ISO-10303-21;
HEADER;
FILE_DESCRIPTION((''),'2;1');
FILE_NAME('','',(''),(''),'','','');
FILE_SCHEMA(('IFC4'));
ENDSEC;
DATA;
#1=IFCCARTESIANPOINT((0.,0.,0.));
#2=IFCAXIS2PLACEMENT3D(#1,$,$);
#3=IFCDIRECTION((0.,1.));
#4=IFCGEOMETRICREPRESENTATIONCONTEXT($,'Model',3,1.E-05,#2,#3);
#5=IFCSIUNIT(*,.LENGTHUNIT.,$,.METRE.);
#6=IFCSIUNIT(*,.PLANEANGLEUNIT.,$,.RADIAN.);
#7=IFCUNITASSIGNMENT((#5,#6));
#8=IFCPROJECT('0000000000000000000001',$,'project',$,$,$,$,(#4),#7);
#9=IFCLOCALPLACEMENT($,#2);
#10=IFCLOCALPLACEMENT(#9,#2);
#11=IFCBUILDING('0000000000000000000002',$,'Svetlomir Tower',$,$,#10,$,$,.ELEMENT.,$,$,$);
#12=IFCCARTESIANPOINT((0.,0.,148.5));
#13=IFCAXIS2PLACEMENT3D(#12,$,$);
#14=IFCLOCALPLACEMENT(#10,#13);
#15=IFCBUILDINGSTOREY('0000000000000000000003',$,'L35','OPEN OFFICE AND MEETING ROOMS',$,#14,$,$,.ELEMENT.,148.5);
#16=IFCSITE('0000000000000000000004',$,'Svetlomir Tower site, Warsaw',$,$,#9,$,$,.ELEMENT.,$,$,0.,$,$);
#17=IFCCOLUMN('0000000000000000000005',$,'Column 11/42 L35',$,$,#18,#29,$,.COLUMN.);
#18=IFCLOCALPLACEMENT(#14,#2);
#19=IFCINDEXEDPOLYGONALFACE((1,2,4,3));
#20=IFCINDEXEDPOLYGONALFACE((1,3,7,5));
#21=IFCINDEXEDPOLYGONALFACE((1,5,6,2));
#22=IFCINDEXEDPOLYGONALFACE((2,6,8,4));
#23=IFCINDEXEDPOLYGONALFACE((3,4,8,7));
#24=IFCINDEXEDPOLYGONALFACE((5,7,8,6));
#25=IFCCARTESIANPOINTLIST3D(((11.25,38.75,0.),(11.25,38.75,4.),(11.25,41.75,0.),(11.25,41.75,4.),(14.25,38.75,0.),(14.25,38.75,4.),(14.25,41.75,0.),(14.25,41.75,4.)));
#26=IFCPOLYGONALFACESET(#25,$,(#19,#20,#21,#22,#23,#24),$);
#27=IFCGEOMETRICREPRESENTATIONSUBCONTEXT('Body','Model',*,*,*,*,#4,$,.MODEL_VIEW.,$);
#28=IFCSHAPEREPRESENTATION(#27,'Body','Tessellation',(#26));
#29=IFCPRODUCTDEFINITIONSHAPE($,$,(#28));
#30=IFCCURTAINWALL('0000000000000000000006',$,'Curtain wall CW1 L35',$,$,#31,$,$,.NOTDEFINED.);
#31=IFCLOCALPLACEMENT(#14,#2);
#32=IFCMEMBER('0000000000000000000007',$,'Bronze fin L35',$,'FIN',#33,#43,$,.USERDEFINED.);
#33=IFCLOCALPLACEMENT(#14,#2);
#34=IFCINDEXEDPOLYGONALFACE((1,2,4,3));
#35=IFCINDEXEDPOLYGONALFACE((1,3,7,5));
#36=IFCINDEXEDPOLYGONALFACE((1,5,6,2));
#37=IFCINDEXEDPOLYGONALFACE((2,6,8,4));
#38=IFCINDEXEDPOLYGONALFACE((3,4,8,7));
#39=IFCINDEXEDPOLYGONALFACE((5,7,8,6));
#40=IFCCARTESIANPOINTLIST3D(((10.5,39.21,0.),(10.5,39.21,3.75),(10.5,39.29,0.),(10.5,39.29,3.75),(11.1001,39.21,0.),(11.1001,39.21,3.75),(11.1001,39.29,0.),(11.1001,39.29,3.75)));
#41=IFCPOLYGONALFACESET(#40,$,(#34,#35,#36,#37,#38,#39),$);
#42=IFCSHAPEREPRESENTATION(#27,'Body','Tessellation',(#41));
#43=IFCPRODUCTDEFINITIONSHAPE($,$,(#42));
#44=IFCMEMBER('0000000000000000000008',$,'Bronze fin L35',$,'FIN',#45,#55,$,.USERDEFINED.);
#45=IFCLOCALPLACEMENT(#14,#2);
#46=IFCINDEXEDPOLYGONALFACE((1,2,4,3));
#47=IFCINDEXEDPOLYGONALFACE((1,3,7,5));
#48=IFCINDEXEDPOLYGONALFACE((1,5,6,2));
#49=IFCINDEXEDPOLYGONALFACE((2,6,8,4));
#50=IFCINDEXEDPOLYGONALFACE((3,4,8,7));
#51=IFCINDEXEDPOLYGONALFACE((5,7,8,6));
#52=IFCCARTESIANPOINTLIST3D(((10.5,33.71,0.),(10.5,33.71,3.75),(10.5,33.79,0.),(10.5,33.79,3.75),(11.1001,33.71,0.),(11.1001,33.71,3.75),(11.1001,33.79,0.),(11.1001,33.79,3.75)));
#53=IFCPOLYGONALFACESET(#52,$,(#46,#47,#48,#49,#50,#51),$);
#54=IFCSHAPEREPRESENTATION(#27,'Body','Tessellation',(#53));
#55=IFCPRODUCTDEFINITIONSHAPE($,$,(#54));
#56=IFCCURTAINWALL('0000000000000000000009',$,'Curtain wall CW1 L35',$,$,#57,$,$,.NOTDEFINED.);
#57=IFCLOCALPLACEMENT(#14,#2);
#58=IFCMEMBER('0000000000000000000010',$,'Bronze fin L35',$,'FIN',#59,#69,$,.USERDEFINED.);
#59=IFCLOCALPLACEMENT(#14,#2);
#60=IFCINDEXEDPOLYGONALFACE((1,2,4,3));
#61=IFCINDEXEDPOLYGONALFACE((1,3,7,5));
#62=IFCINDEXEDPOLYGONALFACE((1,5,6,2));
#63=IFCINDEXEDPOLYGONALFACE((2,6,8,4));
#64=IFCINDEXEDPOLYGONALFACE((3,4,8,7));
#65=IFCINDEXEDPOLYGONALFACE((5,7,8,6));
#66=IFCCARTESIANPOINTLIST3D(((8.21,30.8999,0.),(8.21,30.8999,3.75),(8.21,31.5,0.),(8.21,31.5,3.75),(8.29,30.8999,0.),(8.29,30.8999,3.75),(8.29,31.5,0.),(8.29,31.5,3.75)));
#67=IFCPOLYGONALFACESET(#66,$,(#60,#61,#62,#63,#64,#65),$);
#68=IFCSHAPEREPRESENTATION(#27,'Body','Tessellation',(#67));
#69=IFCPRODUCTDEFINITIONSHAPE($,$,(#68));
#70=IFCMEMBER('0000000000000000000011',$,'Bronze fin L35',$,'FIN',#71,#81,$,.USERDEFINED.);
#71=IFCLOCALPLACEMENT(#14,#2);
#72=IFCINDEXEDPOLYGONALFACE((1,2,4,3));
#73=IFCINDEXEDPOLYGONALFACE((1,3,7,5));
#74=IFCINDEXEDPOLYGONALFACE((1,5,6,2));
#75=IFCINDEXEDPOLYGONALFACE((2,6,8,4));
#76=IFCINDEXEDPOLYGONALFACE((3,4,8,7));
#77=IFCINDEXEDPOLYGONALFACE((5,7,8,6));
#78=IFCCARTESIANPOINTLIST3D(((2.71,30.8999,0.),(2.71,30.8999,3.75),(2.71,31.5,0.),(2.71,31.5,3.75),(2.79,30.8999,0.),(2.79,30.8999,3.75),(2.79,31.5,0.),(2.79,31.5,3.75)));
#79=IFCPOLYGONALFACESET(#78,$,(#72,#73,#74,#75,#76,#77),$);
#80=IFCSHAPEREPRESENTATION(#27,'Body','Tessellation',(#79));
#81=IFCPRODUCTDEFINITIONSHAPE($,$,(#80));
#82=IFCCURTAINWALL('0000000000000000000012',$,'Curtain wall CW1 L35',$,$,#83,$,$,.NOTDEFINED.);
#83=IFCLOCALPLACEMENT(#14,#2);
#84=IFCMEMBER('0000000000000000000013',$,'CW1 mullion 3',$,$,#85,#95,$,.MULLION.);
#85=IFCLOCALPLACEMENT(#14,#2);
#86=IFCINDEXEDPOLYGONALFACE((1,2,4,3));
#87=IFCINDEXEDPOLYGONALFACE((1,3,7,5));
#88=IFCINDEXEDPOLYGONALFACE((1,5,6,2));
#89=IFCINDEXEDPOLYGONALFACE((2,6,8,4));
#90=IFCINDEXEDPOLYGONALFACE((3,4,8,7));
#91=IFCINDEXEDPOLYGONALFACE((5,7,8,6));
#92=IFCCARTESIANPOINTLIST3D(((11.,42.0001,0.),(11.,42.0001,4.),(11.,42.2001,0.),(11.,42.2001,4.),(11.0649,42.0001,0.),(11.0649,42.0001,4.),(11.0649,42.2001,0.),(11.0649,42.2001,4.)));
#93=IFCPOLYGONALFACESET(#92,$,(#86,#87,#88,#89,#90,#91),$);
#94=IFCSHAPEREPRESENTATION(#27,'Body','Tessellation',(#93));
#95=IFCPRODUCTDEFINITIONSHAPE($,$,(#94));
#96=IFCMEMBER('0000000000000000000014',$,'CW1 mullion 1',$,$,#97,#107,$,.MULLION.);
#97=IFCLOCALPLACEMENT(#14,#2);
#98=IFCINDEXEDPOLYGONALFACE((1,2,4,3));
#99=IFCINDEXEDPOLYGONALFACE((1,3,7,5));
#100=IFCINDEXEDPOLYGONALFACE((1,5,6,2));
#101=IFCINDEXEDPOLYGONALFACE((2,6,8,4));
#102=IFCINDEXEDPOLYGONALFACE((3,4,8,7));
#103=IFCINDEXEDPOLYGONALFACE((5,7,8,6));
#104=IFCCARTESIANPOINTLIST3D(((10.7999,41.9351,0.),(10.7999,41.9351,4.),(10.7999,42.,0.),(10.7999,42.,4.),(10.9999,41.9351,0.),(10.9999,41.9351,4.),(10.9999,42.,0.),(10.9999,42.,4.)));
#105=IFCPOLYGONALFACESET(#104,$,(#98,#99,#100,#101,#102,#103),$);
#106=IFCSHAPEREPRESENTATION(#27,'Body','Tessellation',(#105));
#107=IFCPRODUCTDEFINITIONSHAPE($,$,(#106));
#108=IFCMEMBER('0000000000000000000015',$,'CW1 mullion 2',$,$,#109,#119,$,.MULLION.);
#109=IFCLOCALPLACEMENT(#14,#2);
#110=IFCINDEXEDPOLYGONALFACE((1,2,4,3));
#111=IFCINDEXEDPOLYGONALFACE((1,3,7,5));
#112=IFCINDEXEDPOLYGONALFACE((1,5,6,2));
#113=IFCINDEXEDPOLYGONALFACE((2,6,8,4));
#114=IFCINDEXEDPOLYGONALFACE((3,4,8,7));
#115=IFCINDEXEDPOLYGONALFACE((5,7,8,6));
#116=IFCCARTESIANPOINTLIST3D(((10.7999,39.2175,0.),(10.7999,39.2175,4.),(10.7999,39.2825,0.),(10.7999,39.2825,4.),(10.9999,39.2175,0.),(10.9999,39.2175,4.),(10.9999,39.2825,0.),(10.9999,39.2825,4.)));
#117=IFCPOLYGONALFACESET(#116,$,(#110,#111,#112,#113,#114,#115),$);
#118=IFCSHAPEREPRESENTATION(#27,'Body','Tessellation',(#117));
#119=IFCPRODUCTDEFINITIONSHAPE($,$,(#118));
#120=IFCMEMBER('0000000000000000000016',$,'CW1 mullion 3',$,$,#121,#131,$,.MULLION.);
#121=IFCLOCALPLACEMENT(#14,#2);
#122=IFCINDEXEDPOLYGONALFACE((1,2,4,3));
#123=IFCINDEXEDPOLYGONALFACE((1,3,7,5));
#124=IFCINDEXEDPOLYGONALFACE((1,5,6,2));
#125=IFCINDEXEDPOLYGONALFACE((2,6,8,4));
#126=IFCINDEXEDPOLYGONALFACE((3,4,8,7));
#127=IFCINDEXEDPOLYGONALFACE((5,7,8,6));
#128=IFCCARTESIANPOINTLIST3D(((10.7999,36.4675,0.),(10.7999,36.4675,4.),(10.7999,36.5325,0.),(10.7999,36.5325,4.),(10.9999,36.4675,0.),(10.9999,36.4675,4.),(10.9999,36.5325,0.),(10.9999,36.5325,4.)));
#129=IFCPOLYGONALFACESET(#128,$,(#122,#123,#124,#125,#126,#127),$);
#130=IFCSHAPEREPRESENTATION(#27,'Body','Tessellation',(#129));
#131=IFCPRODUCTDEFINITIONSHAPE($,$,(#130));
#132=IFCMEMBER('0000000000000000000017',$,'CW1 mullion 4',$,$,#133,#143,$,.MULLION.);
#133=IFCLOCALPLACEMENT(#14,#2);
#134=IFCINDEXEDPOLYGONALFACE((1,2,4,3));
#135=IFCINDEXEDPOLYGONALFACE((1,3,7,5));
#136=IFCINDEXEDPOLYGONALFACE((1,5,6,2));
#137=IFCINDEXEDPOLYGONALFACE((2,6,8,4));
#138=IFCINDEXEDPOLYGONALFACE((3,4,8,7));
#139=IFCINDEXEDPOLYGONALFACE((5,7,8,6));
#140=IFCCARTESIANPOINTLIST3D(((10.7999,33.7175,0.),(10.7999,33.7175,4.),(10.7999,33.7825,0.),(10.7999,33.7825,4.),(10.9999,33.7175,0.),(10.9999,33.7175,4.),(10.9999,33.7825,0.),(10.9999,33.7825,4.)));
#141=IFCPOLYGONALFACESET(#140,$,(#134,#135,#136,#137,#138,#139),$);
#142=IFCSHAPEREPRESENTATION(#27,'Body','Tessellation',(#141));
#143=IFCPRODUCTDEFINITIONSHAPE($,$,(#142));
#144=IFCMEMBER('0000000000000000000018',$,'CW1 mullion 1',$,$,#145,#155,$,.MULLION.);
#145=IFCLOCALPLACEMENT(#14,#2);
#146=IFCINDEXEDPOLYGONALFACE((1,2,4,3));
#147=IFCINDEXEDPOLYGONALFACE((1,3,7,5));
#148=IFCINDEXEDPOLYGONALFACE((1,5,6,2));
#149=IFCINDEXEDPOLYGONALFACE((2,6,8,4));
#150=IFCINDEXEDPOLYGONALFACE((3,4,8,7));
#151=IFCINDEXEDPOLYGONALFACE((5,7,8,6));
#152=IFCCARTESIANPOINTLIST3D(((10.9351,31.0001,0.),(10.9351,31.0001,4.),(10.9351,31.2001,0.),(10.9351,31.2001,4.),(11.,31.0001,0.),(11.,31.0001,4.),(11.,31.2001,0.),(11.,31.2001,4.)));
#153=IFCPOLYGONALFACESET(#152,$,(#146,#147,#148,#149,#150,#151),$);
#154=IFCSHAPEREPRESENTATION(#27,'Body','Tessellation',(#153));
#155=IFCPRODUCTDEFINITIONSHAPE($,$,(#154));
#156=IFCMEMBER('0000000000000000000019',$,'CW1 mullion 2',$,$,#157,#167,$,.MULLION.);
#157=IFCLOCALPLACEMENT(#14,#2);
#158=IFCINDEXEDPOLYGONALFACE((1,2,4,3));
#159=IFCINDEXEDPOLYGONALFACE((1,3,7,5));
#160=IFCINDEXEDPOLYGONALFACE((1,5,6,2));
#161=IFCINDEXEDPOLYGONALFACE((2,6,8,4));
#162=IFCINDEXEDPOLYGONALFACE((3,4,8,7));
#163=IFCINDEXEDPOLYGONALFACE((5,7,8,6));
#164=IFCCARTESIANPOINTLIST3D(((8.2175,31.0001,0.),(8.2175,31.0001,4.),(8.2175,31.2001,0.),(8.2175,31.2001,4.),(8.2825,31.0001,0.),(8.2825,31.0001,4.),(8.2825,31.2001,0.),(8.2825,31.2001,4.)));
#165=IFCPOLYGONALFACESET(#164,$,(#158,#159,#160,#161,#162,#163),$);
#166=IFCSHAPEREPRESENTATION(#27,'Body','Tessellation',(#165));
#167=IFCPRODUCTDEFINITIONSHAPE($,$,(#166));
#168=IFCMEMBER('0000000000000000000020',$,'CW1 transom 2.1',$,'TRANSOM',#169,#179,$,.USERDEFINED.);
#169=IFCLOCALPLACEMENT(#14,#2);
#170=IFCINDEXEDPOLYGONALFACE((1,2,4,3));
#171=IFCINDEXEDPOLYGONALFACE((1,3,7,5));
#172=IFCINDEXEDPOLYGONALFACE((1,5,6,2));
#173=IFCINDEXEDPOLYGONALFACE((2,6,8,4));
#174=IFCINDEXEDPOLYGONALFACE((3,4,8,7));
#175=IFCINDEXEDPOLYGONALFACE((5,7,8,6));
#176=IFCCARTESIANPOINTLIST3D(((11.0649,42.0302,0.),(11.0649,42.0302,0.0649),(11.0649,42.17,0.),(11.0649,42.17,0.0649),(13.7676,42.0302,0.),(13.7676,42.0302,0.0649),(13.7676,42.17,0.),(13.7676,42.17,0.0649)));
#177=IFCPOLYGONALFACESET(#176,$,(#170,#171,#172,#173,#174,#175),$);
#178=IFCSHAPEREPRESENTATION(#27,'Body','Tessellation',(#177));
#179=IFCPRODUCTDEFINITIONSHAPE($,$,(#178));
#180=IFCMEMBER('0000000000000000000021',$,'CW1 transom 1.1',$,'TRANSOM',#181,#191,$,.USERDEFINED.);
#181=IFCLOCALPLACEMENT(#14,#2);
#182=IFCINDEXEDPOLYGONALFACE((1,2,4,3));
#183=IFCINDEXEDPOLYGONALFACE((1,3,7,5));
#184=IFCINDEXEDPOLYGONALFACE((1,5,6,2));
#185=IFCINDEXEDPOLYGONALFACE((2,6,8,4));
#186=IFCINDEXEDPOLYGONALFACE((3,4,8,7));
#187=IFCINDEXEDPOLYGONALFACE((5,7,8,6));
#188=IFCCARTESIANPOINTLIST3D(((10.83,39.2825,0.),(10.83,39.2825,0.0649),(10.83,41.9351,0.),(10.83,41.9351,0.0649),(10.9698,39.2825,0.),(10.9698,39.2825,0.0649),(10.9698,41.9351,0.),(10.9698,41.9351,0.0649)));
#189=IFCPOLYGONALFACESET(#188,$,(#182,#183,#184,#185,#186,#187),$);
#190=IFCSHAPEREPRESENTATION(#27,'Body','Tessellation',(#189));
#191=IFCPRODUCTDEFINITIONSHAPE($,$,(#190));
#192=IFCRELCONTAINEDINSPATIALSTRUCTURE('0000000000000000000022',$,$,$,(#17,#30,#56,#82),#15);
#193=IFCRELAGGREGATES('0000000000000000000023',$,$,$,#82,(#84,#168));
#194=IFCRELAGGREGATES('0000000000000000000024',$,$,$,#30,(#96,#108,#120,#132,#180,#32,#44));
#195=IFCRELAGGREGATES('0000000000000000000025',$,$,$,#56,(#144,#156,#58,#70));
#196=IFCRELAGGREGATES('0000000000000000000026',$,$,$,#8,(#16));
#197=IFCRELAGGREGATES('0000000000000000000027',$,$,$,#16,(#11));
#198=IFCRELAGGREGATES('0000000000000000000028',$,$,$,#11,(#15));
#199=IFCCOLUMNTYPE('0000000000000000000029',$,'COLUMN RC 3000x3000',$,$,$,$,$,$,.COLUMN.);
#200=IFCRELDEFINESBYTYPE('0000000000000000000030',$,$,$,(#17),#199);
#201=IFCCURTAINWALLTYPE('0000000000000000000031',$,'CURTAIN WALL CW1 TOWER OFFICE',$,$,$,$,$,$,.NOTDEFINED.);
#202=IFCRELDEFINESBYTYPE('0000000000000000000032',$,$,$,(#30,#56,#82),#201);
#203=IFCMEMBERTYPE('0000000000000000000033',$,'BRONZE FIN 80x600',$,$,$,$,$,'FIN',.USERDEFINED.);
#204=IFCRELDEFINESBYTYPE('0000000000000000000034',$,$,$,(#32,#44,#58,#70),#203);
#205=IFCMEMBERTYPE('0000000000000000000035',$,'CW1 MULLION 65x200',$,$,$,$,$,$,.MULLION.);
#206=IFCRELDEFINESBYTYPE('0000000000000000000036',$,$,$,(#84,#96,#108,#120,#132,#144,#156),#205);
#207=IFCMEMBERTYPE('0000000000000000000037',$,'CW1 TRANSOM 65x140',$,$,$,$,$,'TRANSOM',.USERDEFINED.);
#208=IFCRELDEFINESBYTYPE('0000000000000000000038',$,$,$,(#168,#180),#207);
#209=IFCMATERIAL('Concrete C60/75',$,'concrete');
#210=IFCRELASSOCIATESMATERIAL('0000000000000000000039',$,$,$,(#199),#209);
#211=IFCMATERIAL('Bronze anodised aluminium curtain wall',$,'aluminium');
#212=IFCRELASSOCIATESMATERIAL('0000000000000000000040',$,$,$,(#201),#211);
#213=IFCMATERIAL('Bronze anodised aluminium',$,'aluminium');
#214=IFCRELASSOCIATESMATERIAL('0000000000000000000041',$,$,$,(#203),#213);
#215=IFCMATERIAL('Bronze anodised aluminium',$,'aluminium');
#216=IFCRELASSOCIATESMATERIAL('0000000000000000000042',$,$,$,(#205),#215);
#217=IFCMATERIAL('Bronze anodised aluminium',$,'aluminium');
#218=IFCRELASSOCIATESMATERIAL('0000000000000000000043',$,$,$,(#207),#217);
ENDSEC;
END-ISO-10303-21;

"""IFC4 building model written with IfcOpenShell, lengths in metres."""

from ifc_helpers import new_model, si_unit, direction, frame, origin, origin_2d, place, context, subcontext, project, spatial, rectangle, extrude, material, material_profile, profile_set, type_object, element, aggregate, save


model = new_model("IFC4")

# Units and contexts
model_context = context("Model", 3, precision=1e-05, world=origin(), true_north=direction((0.0, 1.0)))
body_context = subcontext(model_context, "Body", "Model", "MODEL_VIEW")
ifc_project = project(units=[si_unit("LENGTHUNIT", "METRE"), si_unit("PLANEANGLEUNIT", "RADIAN")], contexts=[model_context])

# Site, building, storey
site_placement = place(None, origin())
site = spatial("IfcSite", under=ifc_project, at=site_placement, Name="Svetlomir Tower site, Warsaw", CompositionType="ELEMENT", RefElevation=0.0)
building_placement = place(site_placement, origin())
building = spatial("IfcBuilding", under=site, at=building_placement, Name="Svetlomir Tower", CompositionType="ELEMENT")
storey_placement = place(building_placement, frame((0.0, 0.0, 148.5)))
storey = spatial("IfcBuildingStorey", under=building, at=storey_placement, Name="L35", Description="OPEN OFFICE AND MEETING ROOMS", CompositionType="ELEMENT", Elevation=148.5)

# Column
ifc_material_1 = material(Name="Concrete C60/75", Category="concrete")
ifc_material_profile_1 = material_profile(ifc_material_1, rectangle(XDim=3.0, YDim=3.0, at=origin_2d()), Name="RC 3000x3000")
ifc_profile_set_1 = profile_set([ifc_material_profile_1], Name="Concrete C60/75")
column_type = type_object("IfcColumnType", Name="COLUMN RC 3000x3000", PredefinedType="COLUMN", material=ifc_profile_set_1)
column_placement = place(storey_placement, frame((12.75, 40.25, 0.0), z_axis=(0.0, 0.0, 1.0), x_axis=(1.0, 0.0, 0.0)))
element("IfcColumn", 1, at=column_placement, inside=storey, type_object=column_type, Name="Column 11/42 L35", PredefinedType="COLUMN", context=body_context, shape_type="SweptSolid", body=[
    extrude(rectangle(XDim=3.0, YDim=3.0, at=origin_2d()), origin(), (0.0, 0.0, 1.0), 4.0),
])

# Curtain walls, members
ifc_material_2 = material(Name="Bronze anodised aluminium curtain wall", Category="aluminium")
curtain_wall_type = type_object("IfcCurtainWallType", Name="CURTAIN WALL CW1 TOWER OFFICE", PredefinedType="NOTDEFINED", material=ifc_material_2)
curtain_wall_1_placement = place(storey_placement, origin())
curtain_wall_1 = element("IfcCurtainWall", 2, at=curtain_wall_1_placement, inside=storey, type_object=curtain_wall_type, Name="Curtain wall CW1 L35", PredefinedType="NOTDEFINED")
ifc_material_3 = material(Name="Bronze anodised aluminium", Category="aluminium")
ifc_material_profile_2 = material_profile(ifc_material_3, rectangle(XDim=0.0801, YDim=0.6001, at=origin_2d()), Name="FIN 80x600")
ifc_profile_set_2 = profile_set([ifc_material_profile_2], Name="Bronze anodised aluminium 6063-T6")
member_type_1 = type_object("IfcMemberType", Name="BRONZE FIN 80x600", ElementType="FIN", PredefinedType="USERDEFINED", material=ifc_profile_set_2)
member_1_placement = place(storey_placement, frame((10.8, 39.25, 0.0), z_axis=(0.0, 0.0, 1.0), x_axis=(0.0, 1.0, 0.0)))
member_1 = element("IfcMember", 3, at=member_1_placement, type_object=member_type_1, Name="Bronze fin L35", ObjectType="FIN", PredefinedType="USERDEFINED", context=body_context, shape_type="SweptSolid", body=[
    extrude(rectangle(XDim=0.0801, YDim=0.6001, at=origin_2d()), origin(), (0.0, 0.0, 1.0), 3.75),
])
member_2_placement = place(storey_placement, frame((10.8, 33.75, 0.0), z_axis=(0.0, 0.0, 1.0), x_axis=(0.0, 1.0, 0.0)))
member_2 = element("IfcMember", 4, at=member_2_placement, type_object=member_type_1, Name="Bronze fin L35", ObjectType="FIN", PredefinedType="USERDEFINED", context=body_context, shape_type="SweptSolid", body=[
    extrude(rectangle(XDim=0.0801, YDim=0.6001, at=origin_2d()), origin(), (0.0, 0.0, 1.0), 3.75),
])
curtain_wall_2_placement = place(storey_placement, origin())
curtain_wall_2 = element("IfcCurtainWall", 5, at=curtain_wall_2_placement, inside=storey, type_object=curtain_wall_type, Name="Curtain wall CW1 L35", PredefinedType="NOTDEFINED")
member_3_placement = place(storey_placement, frame((8.25, 31.2, 0.0), z_axis=(0.0, 0.0, 1.0), x_axis=(1.0, 0.0, 0.0)))
member_3 = element("IfcMember", 6, at=member_3_placement, type_object=member_type_1, Name="Bronze fin L35", ObjectType="FIN", PredefinedType="USERDEFINED", context=body_context, shape_type="SweptSolid", body=[
    extrude(rectangle(XDim=0.0801, YDim=0.6001, at=origin_2d()), origin(), (0.0, 0.0, 1.0), 3.75),
])
member_4_placement = place(storey_placement, frame((2.75, 31.2, 0.0), z_axis=(0.0, 0.0, 1.0), x_axis=(1.0, 0.0, 0.0)))
member_4 = element("IfcMember", 7, at=member_4_placement, type_object=member_type_1, Name="Bronze fin L35", ObjectType="FIN", PredefinedType="USERDEFINED", context=body_context, shape_type="SweptSolid", body=[
    extrude(rectangle(XDim=0.0801, YDim=0.6001, at=origin_2d()), origin(), (0.0, 0.0, 1.0), 3.75),
])

# Curtain wall, member
curtain_wall_3_placement = place(storey_placement, origin())
curtain_wall_3 = element("IfcCurtainWall", 8, at=curtain_wall_3_placement, inside=storey, type_object=curtain_wall_type, Name="Curtain wall CW1 L35", PredefinedType="NOTDEFINED")
ifc_material_4 = material(Name="Bronze anodised aluminium", Category="aluminium")
ifc_material_profile_3 = material_profile(ifc_material_4, rectangle(XDim=0.0649, YDim=0.2, at=origin_2d()), Name="AL 65x200")
ifc_profile_set_3 = profile_set([ifc_material_profile_3], Name="Bronze anodised aluminium 6063-T6")
member_type_2 = type_object("IfcMemberType", Name="CW1 MULLION 65x200", PredefinedType="MULLION", material=ifc_profile_set_3)
member_5_placement = place(storey_placement, frame((11.0325, 42.1001, 0.0), z_axis=(0.0, 0.0, 1.0), x_axis=(-1.0, 0.0, 0.0)))
member_5 = element("IfcMember", 9, at=member_5_placement, type_object=member_type_2, Name="CW1 mullion 3", PredefinedType="MULLION", context=body_context, shape_type="SweptSolid", body=[
    extrude(rectangle(XDim=0.0649, YDim=0.2, at=origin_2d()), origin(), (0.0, 0.0, 1.0), 4.0),
])

# Members
member_6_placement = place(storey_placement, frame((10.8999, 41.9675, 0.0), z_axis=(0.0, 0.0, 1.0), x_axis=(0.0, -1.0, 0.0)))
member_6 = element("IfcMember", 10, at=member_6_placement, type_object=member_type_2, Name="CW1 mullion 1", PredefinedType="MULLION", context=body_context, shape_type="SweptSolid", body=[
    extrude(rectangle(XDim=0.0649, YDim=0.2, at=origin_2d()), origin(), (0.0, 0.0, 1.0), 4.0),
])
member_7_placement = place(storey_placement, frame((10.8999, 39.25, 0.0), z_axis=(0.0, 0.0, 1.0), x_axis=(0.0, -1.0, 0.0)))
member_7 = element("IfcMember", 11, at=member_7_placement, type_object=member_type_2, Name="CW1 mullion 2", PredefinedType="MULLION", context=body_context, shape_type="SweptSolid", body=[
    extrude(rectangle(XDim=0.0649, YDim=0.2, at=origin_2d()), origin(), (0.0, 0.0, 1.0), 4.0),
])
member_8_placement = place(storey_placement, frame((10.8999, 36.5, 0.0), z_axis=(0.0, 0.0, 1.0), x_axis=(0.0, -1.0, 0.0)))
member_8 = element("IfcMember", 12, at=member_8_placement, type_object=member_type_2, Name="CW1 mullion 3", PredefinedType="MULLION", context=body_context, shape_type="SweptSolid", body=[
    extrude(rectangle(XDim=0.0649, YDim=0.2, at=origin_2d()), origin(), (0.0, 0.0, 1.0), 4.0),
])
member_9_placement = place(storey_placement, frame((10.8999, 33.75, 0.0), z_axis=(0.0, 0.0, 1.0), x_axis=(0.0, -1.0, 0.0)))
member_9 = element("IfcMember", 13, at=member_9_placement, type_object=member_type_2, Name="CW1 mullion 4", PredefinedType="MULLION", context=body_context, shape_type="SweptSolid", body=[
    extrude(rectangle(XDim=0.0649, YDim=0.2, at=origin_2d()), origin(), (0.0, 0.0, 1.0), 4.0),
])
member_10_placement = place(storey_placement, frame((10.9675, 31.1001, 0.0), z_axis=(0.0, 0.0, 1.0), x_axis=(-1.0, 0.0, 0.0)))
member_10 = element("IfcMember", 14, at=member_10_placement, type_object=member_type_2, Name="CW1 mullion 1", PredefinedType="MULLION", context=body_context, shape_type="SweptSolid", body=[
    extrude(rectangle(XDim=0.0649, YDim=0.2, at=origin_2d()), origin(), (0.0, 0.0, 1.0), 4.0),
])
member_11_placement = place(storey_placement, frame((8.25, 31.1001, 0.0), z_axis=(0.0, 0.0, 1.0), x_axis=(-1.0, 0.0, 0.0)))
member_11 = element("IfcMember", 15, at=member_11_placement, type_object=member_type_2, Name="CW1 mullion 2", PredefinedType="MULLION", context=body_context, shape_type="SweptSolid", body=[
    extrude(rectangle(XDim=0.0649, YDim=0.2, at=origin_2d()), origin(), (0.0, 0.0, 1.0), 4.0),
])
ifc_material_5 = material(Name="Bronze anodised aluminium", Category="aluminium")
ifc_material_profile_4 = material_profile(ifc_material_5, rectangle(XDim=0.1399, YDim=0.0649, at=origin_2d()), Name="AL 140x65")
ifc_profile_set_4 = profile_set([ifc_material_profile_4], Name="Bronze anodised aluminium 6063-T6")
member_type_3 = type_object("IfcMemberType", Name="CW1 TRANSOM 65x140", ElementType="TRANSOM", PredefinedType="USERDEFINED", material=ifc_profile_set_4)
member_12_placement = place(storey_placement, frame((13.7676, 42.1001, 0.0325), z_axis=(-1.0, 0.0, 0.0), x_axis=(0.0, -1.0, 0.0)))
member_12 = element("IfcMember", 16, at=member_12_placement, type_object=member_type_3, Name="CW1 transom 2.1", ObjectType="TRANSOM", PredefinedType="USERDEFINED", context=body_context, shape_type="SweptSolid", body=[
    extrude(rectangle(XDim=0.1399, YDim=0.0649, at=origin_2d()), origin(), (0.0, 0.0, 1.0), 2.7026),
])
member_13_placement = place(storey_placement, frame((10.8999, 41.9351, 0.0325), z_axis=(0.0, -1.0, 0.0), x_axis=(1.0, 0.0, 0.0)))
member_13 = element("IfcMember", 17, at=member_13_placement, type_object=member_type_3, Name="CW1 transom 1.1", ObjectType="TRANSOM", PredefinedType="USERDEFINED", context=body_context, shape_type="SweptSolid", body=[
    extrude(rectangle(XDim=0.1399, YDim=0.0649, at=origin_2d()), origin(), (0.0, 0.0, 1.0), 2.6526),
])

aggregate(curtain_wall_3, [member_5, member_12])
aggregate(curtain_wall_1, [member_6, member_7, member_8, member_9, member_13, member_1, member_2])
aggregate(curtain_wall_2, [member_10, member_11, member_3, member_4])

save(model, "model.ifc")
